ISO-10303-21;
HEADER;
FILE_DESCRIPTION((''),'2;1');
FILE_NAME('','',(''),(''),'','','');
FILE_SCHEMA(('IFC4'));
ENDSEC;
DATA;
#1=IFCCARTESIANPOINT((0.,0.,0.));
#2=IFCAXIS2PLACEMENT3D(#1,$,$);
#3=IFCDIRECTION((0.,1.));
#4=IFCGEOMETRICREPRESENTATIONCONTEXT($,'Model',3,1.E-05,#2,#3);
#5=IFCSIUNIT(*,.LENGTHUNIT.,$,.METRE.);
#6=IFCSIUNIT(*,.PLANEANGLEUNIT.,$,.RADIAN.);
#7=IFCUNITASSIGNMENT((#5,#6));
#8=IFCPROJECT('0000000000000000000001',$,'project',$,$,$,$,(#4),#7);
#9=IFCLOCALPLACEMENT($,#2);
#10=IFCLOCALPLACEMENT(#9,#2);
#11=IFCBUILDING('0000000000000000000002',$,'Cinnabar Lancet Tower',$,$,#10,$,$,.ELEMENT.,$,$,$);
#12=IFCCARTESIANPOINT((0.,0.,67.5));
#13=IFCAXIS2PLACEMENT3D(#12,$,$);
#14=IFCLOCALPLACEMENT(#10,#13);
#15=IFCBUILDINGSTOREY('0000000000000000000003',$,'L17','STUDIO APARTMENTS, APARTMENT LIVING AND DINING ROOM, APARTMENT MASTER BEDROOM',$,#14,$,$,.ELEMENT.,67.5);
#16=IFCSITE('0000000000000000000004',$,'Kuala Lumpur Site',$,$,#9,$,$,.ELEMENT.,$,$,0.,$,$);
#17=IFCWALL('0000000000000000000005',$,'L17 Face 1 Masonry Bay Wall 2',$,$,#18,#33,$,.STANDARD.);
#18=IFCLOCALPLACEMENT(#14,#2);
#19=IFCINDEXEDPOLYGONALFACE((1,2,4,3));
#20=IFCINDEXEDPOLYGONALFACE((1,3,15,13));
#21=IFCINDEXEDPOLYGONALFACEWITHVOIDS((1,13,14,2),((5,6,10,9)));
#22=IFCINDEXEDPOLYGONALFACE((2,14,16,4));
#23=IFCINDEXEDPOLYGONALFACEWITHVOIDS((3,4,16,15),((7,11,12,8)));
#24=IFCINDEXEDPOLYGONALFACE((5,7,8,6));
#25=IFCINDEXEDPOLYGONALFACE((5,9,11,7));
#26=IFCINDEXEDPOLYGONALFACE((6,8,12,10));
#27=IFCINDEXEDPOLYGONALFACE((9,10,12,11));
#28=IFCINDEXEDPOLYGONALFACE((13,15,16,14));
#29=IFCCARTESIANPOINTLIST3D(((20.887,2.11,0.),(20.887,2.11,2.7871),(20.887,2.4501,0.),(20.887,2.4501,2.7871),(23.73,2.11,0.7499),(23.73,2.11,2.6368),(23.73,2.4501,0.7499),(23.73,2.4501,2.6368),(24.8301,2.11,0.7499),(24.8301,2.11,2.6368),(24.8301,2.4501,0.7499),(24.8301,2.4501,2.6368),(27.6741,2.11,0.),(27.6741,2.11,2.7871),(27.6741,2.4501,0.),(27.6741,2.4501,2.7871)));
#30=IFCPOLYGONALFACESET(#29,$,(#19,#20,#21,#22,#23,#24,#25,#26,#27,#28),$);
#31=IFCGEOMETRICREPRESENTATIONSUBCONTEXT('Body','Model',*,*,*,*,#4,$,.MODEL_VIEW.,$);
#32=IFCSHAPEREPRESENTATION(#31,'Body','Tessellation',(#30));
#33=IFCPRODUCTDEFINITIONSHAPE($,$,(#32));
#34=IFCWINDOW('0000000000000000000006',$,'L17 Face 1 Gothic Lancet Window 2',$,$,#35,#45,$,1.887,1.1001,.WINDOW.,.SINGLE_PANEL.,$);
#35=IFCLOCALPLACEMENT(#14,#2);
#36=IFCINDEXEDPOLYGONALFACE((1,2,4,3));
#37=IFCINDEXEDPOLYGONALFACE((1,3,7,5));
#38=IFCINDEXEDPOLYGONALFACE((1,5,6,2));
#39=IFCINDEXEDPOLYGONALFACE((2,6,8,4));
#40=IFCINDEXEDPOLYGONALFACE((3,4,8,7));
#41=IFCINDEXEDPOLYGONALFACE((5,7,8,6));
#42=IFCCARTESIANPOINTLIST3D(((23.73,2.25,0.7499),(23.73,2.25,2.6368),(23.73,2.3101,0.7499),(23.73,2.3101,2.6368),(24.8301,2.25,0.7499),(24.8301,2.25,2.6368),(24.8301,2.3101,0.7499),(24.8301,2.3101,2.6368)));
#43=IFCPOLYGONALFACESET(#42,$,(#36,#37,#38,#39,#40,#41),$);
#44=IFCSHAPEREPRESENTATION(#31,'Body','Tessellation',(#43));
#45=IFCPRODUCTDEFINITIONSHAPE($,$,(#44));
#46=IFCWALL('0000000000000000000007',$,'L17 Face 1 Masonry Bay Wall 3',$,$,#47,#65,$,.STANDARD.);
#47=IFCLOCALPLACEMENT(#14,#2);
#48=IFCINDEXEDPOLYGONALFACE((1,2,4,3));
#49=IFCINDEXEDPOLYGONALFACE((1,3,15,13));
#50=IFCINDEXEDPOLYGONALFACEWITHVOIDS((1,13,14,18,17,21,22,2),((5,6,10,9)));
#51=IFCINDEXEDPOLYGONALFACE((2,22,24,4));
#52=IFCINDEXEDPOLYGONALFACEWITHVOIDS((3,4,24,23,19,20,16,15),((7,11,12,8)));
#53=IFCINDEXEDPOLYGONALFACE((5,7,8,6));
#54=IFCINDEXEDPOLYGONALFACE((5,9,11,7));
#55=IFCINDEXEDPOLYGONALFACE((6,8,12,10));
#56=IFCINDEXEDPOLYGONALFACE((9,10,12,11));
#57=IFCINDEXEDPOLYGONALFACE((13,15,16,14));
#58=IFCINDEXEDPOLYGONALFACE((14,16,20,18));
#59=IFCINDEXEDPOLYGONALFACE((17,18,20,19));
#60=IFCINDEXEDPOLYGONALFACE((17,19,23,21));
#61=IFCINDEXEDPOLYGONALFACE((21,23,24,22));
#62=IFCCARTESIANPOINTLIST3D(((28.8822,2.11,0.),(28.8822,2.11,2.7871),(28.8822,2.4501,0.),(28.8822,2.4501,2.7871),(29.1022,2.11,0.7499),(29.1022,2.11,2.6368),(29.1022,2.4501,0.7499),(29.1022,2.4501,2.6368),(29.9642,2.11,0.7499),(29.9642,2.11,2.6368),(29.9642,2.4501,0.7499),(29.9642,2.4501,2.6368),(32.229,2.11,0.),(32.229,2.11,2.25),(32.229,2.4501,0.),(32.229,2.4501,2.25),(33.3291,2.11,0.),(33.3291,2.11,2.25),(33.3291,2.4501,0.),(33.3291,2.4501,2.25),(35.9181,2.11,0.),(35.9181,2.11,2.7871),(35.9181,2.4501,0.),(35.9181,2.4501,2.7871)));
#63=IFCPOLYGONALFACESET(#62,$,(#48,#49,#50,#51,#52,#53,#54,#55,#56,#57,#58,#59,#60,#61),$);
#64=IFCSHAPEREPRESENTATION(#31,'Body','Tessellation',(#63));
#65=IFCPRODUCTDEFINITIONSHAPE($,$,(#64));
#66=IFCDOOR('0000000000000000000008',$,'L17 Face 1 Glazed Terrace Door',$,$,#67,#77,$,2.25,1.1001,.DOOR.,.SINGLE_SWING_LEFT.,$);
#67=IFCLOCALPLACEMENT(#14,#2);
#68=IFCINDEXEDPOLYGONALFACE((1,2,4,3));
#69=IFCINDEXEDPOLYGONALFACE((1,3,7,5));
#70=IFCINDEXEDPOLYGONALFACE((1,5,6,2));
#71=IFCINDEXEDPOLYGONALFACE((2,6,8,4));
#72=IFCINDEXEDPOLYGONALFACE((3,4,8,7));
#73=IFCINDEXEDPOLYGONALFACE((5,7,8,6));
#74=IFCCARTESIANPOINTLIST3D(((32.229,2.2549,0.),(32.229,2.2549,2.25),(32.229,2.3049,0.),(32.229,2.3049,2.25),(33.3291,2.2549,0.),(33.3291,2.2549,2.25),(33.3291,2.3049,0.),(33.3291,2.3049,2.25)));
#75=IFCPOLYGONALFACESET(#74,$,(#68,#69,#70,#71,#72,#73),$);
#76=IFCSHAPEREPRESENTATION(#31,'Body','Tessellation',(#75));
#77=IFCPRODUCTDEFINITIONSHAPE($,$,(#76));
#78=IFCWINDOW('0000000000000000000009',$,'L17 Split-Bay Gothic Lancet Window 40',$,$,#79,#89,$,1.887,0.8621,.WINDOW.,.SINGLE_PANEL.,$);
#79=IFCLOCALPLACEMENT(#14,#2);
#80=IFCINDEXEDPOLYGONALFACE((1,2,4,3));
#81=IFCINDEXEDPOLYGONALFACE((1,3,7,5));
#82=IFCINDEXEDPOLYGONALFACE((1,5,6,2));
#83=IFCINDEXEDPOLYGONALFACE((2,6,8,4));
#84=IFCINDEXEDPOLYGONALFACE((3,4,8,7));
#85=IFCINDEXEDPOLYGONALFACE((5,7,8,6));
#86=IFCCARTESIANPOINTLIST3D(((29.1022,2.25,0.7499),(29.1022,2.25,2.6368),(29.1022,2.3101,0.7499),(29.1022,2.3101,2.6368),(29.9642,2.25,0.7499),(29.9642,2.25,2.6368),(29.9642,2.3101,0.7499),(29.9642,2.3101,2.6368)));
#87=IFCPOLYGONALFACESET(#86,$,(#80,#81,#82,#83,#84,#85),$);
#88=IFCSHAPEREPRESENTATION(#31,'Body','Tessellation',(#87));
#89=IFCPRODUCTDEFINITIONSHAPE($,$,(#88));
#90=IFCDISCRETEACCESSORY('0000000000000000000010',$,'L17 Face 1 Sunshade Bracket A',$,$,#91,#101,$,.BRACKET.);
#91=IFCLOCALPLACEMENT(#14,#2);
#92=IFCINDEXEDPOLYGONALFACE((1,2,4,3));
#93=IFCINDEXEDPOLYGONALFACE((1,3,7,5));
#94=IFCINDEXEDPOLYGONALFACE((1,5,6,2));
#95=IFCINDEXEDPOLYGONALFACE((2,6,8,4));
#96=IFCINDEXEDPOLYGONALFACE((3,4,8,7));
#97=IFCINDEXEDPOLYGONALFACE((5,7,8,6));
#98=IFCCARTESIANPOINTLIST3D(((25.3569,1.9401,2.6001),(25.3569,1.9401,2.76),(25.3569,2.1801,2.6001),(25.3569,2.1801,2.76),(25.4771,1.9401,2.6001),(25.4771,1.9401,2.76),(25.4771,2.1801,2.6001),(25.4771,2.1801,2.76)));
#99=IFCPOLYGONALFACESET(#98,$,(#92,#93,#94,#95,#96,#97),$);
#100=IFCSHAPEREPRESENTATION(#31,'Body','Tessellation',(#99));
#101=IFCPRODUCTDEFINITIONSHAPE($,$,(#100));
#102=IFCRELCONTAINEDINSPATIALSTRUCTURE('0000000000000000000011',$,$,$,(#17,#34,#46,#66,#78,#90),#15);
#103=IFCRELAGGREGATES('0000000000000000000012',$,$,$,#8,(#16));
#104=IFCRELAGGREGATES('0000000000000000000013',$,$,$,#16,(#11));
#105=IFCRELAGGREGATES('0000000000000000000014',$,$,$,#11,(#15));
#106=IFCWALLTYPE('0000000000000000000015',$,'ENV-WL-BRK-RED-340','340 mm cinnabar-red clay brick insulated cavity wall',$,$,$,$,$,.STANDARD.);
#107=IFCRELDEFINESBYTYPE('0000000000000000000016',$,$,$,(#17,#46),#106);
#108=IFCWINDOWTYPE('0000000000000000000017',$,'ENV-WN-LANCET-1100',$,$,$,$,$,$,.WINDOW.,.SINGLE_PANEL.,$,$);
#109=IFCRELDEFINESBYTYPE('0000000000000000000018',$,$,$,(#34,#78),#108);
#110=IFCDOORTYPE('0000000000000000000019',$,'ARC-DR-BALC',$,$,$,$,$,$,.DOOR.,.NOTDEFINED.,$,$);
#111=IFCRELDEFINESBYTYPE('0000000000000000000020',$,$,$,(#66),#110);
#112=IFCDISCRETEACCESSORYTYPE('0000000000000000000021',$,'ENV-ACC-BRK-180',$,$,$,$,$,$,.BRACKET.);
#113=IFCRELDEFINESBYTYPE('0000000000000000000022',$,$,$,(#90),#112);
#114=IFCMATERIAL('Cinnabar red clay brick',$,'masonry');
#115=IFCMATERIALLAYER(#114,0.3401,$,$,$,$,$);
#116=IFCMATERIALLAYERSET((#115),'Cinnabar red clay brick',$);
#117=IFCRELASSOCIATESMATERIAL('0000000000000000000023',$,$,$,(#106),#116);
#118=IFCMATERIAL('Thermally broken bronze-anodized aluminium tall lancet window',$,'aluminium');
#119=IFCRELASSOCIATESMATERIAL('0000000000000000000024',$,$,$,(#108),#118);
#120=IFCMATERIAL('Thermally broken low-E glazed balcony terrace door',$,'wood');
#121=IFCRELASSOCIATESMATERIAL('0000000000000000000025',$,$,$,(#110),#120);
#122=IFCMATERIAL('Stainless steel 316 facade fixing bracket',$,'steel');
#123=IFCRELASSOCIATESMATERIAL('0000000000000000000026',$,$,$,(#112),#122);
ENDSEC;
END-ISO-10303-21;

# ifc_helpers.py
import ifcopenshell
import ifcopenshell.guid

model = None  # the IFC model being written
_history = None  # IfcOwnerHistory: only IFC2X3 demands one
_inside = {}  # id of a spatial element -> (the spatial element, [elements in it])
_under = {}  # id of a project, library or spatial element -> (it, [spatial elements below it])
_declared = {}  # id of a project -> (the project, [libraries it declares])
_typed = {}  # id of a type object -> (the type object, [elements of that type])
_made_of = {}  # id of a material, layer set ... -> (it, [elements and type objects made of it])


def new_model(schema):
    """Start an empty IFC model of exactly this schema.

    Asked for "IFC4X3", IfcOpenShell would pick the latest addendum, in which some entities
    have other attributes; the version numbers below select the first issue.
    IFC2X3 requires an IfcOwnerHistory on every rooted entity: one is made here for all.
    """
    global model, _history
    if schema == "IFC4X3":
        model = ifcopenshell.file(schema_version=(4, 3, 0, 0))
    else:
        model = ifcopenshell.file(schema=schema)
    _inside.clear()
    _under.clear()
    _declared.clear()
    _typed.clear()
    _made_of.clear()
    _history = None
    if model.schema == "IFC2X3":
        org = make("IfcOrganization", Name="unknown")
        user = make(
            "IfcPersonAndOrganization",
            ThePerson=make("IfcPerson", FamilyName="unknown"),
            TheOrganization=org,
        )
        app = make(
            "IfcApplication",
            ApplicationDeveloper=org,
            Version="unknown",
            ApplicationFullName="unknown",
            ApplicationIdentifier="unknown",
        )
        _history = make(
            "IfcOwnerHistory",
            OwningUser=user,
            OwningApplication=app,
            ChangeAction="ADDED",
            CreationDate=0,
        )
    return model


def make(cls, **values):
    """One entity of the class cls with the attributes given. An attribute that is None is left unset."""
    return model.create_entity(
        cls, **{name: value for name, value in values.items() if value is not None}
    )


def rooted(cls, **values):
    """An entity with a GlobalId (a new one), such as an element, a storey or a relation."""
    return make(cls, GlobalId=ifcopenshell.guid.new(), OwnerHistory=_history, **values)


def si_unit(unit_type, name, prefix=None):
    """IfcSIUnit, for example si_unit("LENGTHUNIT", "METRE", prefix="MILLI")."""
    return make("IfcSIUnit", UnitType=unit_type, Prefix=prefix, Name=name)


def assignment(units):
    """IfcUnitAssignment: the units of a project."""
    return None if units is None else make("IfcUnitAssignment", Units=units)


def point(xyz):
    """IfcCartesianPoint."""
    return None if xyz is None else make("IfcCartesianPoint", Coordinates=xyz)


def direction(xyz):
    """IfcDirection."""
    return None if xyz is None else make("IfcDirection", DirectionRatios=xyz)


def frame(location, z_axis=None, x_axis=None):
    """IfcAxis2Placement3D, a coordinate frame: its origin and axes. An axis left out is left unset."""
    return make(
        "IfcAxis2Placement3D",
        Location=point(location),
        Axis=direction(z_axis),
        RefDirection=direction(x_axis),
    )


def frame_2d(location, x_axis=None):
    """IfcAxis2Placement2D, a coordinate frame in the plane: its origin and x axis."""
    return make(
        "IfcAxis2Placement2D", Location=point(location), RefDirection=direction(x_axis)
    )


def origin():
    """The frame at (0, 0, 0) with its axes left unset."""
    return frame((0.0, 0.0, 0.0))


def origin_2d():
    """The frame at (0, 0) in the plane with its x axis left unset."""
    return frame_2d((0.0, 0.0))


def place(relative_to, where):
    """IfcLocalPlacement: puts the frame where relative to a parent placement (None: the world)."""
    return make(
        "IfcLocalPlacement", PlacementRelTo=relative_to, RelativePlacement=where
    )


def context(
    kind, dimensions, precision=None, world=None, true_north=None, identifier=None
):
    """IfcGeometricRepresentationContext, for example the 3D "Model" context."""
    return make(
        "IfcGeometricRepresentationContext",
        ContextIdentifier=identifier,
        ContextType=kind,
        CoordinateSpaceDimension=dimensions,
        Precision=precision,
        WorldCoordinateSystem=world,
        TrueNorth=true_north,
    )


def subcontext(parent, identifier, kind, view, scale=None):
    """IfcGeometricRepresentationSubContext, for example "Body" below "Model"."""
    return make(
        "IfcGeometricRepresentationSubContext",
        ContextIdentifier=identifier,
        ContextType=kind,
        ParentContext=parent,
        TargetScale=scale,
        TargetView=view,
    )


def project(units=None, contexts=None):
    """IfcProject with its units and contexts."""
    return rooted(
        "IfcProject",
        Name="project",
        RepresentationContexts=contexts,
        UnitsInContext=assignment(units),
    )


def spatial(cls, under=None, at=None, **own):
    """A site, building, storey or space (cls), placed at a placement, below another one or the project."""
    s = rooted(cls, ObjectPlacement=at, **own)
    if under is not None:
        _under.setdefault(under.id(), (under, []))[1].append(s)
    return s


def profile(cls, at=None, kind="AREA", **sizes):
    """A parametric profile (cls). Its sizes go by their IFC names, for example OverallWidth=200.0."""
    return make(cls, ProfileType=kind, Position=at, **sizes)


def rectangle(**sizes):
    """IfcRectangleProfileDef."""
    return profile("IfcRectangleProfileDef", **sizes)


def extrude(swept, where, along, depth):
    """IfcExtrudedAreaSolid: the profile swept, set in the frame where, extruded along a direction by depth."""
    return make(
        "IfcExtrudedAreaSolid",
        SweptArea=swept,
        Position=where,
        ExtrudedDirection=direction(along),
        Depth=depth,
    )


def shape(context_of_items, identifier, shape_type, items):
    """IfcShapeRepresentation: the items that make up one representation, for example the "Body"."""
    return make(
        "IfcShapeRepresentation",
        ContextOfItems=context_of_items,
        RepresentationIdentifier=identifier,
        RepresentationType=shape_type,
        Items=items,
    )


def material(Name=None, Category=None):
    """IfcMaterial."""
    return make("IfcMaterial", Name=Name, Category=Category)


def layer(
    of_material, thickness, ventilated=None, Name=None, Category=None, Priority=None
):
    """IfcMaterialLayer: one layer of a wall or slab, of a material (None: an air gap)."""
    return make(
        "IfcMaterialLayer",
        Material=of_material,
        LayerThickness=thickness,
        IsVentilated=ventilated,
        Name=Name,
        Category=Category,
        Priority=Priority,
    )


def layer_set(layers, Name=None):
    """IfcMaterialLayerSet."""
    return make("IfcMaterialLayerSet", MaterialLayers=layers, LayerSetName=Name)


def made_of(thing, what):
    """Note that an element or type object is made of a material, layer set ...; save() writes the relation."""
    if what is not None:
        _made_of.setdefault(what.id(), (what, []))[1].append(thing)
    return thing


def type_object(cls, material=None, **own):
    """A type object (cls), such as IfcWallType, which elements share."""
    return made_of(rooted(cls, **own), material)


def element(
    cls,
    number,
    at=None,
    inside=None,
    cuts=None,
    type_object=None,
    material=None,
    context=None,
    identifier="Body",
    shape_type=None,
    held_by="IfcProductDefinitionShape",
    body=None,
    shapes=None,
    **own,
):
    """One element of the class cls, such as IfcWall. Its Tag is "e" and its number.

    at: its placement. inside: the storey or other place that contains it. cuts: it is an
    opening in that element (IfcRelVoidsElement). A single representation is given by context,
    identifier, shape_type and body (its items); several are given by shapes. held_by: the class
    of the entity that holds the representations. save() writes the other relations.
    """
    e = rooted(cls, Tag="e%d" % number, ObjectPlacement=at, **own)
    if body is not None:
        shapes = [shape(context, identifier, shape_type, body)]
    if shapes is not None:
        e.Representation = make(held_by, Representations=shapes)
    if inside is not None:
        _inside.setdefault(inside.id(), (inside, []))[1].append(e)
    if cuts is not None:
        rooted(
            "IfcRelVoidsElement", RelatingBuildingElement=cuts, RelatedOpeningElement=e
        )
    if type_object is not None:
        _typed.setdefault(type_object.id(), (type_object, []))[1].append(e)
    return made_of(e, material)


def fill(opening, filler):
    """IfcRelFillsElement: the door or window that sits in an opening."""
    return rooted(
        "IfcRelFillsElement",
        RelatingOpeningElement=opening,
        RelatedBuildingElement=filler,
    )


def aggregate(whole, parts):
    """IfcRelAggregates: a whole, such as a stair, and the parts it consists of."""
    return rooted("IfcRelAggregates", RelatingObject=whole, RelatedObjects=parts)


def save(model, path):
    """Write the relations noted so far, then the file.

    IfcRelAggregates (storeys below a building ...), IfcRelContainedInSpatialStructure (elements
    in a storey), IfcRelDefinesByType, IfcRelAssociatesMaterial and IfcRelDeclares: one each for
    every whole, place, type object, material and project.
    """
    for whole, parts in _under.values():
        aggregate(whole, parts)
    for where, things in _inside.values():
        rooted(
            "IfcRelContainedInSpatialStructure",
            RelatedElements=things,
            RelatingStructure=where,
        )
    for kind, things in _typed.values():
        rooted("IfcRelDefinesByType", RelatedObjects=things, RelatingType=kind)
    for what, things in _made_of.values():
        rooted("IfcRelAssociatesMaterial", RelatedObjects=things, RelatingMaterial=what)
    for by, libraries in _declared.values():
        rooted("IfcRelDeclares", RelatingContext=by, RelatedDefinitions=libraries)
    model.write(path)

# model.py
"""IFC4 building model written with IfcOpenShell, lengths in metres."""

from ifc_helpers import new_model, si_unit, direction, frame, frame_2d, origin, origin_2d, place, context, subcontext, project, spatial, rectangle, extrude, material, layer, layer_set, type_object, element, fill, save


model = new_model("IFC4")

# Units and contexts
model_context = context("Model", 3, precision=1e-05, world=origin(), true_north=direction((0.0, 1.0)))
body_context = subcontext(model_context, "Body", "Model", "MODEL_VIEW")
ifc_project = project(units=[si_unit("LENGTHUNIT", "METRE"), si_unit("PLANEANGLEUNIT", "RADIAN")], contexts=[model_context])

# Site, building, storey
site_placement = place(None, origin())
site = spatial("IfcSite", under=ifc_project, at=site_placement, Name="Kuala Lumpur Site", CompositionType="ELEMENT", RefElevation=0.0)
building_placement = place(site_placement, origin())
building = spatial("IfcBuilding", under=site, at=building_placement, Name="Cinnabar Lancet Tower", CompositionType="ELEMENT")
storey_placement = place(building_placement, frame((0.0, 0.0, 67.5)))
storey = spatial("IfcBuildingStorey", under=building, at=storey_placement, Name="L17", Description="STUDIO APARTMENTS, APARTMENT LIVING AND DINING ROOM, APARTMENT MASTER BEDROOM", CompositionType="ELEMENT", Elevation=67.5)

# Shared definitions
ifc_material_1 = material(Name="Cinnabar red clay brick", Category="masonry")
ifc_layer_1 = layer(ifc_material_1, 0.3401)
ifc_layer_set_1 = layer_set([ifc_layer_1], Name="Cinnabar red clay brick")
wall_type_1 = type_object("IfcWallType", Name="ENV-WL-BRK-RED-340", Description="340 mm cinnabar-red clay brick insulated cavity wall", PredefinedType="STANDARD", material=ifc_layer_set_1)

# Wall, opening, window
wall_1_placement = place(storey_placement, frame((20.887, 2.28, 0.0), z_axis=(0.0, 0.0, 1.0), x_axis=(1.0, 0.0, 0.0)))
wall_1 = element("IfcWall", 1, at=wall_1_placement, inside=storey, type_object=wall_type_1, Name="L17 Face 1 Masonry Bay Wall 2", PredefinedType="STANDARD", context=body_context, shape_type="SweptSolid", body=[
    extrude(rectangle(XDim=6.7871, YDim=0.3401, at=frame_2d((3.3936, 0.0))), origin(), (0.0, 0.0, 1.0), 2.7871),
])
opening_1_placement = place(wall_1_placement, frame((2.843, 0.0, 0.75)))
opening_1 = element("IfcOpeningElement", 2, at=opening_1_placement, cuts=wall_1, PredefinedType="OPENING", context=body_context, shape_type="SweptSolid", body=[
    extrude(rectangle(XDim=1.1001, YDim=1.887, at=frame_2d((0.55, 0.9434))), frame((0.0, 0.1799, 0.0), z_axis=(0.0, -1.0, 0.0), x_axis=(1.0, 0.0, 0.0)), (0.0, 0.0, 1.0), 0.3601),
])
ifc_material_2 = material(Name="Thermally broken bronze-anodized aluminium tall lancet window", Category="aluminium")
window_type = type_object("IfcWindowType", Name="ENV-WN-LANCET-1100", PartitioningType="SINGLE_PANEL", PredefinedType="WINDOW", material=ifc_material_2)
window_1_placement = place(opening_1_placement, origin())
window_1 = element("IfcWindow", 3, at=window_1_placement, inside=storey, type_object=window_type, Name="L17 Face 1 Gothic Lancet Window 2", OverallHeight=1.887, OverallWidth=1.1001, PartitioningType="SINGLE_PANEL", PredefinedType="WINDOW", context=body_context, shape_type="SweptSolid", body=[
    extrude(rectangle(XDim=1.1001, YDim=1.887, at=frame_2d((0.55, 0.9434))), frame((0.0, 0.03, 0.0), z_axis=(0.0, -1.0, 0.0), x_axis=(1.0, 0.0, 0.0)), (0.0, 0.0, 1.0), 0.0601),
])
fill(opening_1, window_1)

# Wall, openings, door, window
wall_2_placement = place(storey_placement, frame((28.8821, 2.28, 0.0), z_axis=(0.0, 0.0, 1.0), x_axis=(1.0, 0.0, 0.0)))
wall_2 = element("IfcWall", 4, at=wall_2_placement, inside=storey, type_object=wall_type_1, Name="L17 Face 1 Masonry Bay Wall 3", PredefinedType="STANDARD", context=body_context, shape_type="SweptSolid", body=[
    extrude(rectangle(XDim=7.0359, YDim=0.3401, at=frame_2d((3.5181, 0.0))), origin(), (0.0, 0.0, 1.0), 2.7871),
])
opening_2_placement = place(wall_2_placement, frame((3.3469, 0.0, 0.0)))
opening_2 = element("IfcOpeningElement", 5, at=opening_2_placement, cuts=wall_2, PredefinedType="OPENING", context=body_context, shape_type="SweptSolid", body=[
    extrude(rectangle(XDim=1.1001, YDim=2.25, at=frame_2d((0.55, 1.125))), frame((0.0, 0.1799, 0.0), z_axis=(0.0, -1.0, 0.0), x_axis=(1.0, 0.0, 0.0)), (0.0, 0.0, 1.0), 0.3601),
])
opening_3_placement = place(wall_2_placement, frame((0.22, 0.0, 0.75)))
opening_3 = element("IfcOpeningElement", 6, at=opening_3_placement, cuts=wall_2, PredefinedType="OPENING", context=body_context, shape_type="SweptSolid", body=[
    extrude(rectangle(XDim=0.8621, YDim=1.887, at=frame_2d((0.4312, 0.9434))), frame((0.0, 0.1799, 0.0), z_axis=(0.0, -1.0, 0.0), x_axis=(1.0, 0.0, 0.0)), (0.0, 0.0, 1.0), 0.3601),
])
ifc_material_3 = material(Name="Thermally broken low-E glazed balcony terrace door", Category="wood")
door_type_1 = type_object("IfcDoorType", Name="ARC-DR-BALC", OperationType="NOTDEFINED", PredefinedType="DOOR", material=ifc_material_3)
door_1_placement = place(opening_2_placement, origin())
door_1 = element("IfcDoor", 7, at=door_1_placement, inside=storey, type_object=door_type_1, Name="L17 Face 1 Glazed Terrace Door", OperationType="SINGLE_SWING_LEFT", OverallHeight=2.25, OverallWidth=1.1001, PredefinedType="DOOR", context=body_context, shape_type="SweptSolid", body=[
    extrude(rectangle(XDim=1.1001, YDim=2.25, at=frame_2d((0.55, 1.125))), frame((0.0, 0.0249, 0.0), z_axis=(0.0, -1.0, 0.0), x_axis=(1.0, 0.0, 0.0)), (0.0, 0.0, 1.0), 0.05),
])
fill(opening_2, door_1)
window_2_placement = place(opening_3_placement, origin())
window_2 = element("IfcWindow", 8, at=window_2_placement, inside=storey, type_object=window_type, Name="L17 Split-Bay Gothic Lancet Window 40", OverallHeight=1.887, OverallWidth=0.8621, PartitioningType="SINGLE_PANEL", PredefinedType="WINDOW", context=body_context, shape_type="SweptSolid", body=[
    extrude(rectangle(XDim=0.8621, YDim=1.887, at=frame_2d((0.4312, 0.9434))), frame((0.0, 0.03, 0.0), z_axis=(0.0, -1.0, 0.0), x_axis=(1.0, 0.0, 0.0)), (0.0, 0.0, 1.0), 0.0601),
])
fill(opening_3, window_2)

# Discrete accessory
ifc_material_4 = material(Name="Stainless steel 316 facade fixing bracket", Category="steel")
discrete_accessory_type = type_object("IfcDiscreteAccessoryType", Name="ENV-ACC-BRK-180", PredefinedType="BRACKET", material=ifc_material_4)
discrete_accessory_placement = place(storey_placement, frame((25.417, 2.0601, 2.6001), z_axis=(0.0, 0.0, 1.0), x_axis=(1.0, 0.0, 0.0)))
element("IfcDiscreteAccessory", 9, at=discrete_accessory_placement, inside=storey, type_object=discrete_accessory_type, Name="L17 Face 1 Sunshade Bracket A", PredefinedType="BRACKET", context=body_context, shape_type="SweptSolid", body=[
    extrude(rectangle(XDim=0.1201, YDim=0.24, at=origin_2d()), origin(), (0.0, 0.0, 1.0), 0.1599),
])

save(model, "model.ifc")
